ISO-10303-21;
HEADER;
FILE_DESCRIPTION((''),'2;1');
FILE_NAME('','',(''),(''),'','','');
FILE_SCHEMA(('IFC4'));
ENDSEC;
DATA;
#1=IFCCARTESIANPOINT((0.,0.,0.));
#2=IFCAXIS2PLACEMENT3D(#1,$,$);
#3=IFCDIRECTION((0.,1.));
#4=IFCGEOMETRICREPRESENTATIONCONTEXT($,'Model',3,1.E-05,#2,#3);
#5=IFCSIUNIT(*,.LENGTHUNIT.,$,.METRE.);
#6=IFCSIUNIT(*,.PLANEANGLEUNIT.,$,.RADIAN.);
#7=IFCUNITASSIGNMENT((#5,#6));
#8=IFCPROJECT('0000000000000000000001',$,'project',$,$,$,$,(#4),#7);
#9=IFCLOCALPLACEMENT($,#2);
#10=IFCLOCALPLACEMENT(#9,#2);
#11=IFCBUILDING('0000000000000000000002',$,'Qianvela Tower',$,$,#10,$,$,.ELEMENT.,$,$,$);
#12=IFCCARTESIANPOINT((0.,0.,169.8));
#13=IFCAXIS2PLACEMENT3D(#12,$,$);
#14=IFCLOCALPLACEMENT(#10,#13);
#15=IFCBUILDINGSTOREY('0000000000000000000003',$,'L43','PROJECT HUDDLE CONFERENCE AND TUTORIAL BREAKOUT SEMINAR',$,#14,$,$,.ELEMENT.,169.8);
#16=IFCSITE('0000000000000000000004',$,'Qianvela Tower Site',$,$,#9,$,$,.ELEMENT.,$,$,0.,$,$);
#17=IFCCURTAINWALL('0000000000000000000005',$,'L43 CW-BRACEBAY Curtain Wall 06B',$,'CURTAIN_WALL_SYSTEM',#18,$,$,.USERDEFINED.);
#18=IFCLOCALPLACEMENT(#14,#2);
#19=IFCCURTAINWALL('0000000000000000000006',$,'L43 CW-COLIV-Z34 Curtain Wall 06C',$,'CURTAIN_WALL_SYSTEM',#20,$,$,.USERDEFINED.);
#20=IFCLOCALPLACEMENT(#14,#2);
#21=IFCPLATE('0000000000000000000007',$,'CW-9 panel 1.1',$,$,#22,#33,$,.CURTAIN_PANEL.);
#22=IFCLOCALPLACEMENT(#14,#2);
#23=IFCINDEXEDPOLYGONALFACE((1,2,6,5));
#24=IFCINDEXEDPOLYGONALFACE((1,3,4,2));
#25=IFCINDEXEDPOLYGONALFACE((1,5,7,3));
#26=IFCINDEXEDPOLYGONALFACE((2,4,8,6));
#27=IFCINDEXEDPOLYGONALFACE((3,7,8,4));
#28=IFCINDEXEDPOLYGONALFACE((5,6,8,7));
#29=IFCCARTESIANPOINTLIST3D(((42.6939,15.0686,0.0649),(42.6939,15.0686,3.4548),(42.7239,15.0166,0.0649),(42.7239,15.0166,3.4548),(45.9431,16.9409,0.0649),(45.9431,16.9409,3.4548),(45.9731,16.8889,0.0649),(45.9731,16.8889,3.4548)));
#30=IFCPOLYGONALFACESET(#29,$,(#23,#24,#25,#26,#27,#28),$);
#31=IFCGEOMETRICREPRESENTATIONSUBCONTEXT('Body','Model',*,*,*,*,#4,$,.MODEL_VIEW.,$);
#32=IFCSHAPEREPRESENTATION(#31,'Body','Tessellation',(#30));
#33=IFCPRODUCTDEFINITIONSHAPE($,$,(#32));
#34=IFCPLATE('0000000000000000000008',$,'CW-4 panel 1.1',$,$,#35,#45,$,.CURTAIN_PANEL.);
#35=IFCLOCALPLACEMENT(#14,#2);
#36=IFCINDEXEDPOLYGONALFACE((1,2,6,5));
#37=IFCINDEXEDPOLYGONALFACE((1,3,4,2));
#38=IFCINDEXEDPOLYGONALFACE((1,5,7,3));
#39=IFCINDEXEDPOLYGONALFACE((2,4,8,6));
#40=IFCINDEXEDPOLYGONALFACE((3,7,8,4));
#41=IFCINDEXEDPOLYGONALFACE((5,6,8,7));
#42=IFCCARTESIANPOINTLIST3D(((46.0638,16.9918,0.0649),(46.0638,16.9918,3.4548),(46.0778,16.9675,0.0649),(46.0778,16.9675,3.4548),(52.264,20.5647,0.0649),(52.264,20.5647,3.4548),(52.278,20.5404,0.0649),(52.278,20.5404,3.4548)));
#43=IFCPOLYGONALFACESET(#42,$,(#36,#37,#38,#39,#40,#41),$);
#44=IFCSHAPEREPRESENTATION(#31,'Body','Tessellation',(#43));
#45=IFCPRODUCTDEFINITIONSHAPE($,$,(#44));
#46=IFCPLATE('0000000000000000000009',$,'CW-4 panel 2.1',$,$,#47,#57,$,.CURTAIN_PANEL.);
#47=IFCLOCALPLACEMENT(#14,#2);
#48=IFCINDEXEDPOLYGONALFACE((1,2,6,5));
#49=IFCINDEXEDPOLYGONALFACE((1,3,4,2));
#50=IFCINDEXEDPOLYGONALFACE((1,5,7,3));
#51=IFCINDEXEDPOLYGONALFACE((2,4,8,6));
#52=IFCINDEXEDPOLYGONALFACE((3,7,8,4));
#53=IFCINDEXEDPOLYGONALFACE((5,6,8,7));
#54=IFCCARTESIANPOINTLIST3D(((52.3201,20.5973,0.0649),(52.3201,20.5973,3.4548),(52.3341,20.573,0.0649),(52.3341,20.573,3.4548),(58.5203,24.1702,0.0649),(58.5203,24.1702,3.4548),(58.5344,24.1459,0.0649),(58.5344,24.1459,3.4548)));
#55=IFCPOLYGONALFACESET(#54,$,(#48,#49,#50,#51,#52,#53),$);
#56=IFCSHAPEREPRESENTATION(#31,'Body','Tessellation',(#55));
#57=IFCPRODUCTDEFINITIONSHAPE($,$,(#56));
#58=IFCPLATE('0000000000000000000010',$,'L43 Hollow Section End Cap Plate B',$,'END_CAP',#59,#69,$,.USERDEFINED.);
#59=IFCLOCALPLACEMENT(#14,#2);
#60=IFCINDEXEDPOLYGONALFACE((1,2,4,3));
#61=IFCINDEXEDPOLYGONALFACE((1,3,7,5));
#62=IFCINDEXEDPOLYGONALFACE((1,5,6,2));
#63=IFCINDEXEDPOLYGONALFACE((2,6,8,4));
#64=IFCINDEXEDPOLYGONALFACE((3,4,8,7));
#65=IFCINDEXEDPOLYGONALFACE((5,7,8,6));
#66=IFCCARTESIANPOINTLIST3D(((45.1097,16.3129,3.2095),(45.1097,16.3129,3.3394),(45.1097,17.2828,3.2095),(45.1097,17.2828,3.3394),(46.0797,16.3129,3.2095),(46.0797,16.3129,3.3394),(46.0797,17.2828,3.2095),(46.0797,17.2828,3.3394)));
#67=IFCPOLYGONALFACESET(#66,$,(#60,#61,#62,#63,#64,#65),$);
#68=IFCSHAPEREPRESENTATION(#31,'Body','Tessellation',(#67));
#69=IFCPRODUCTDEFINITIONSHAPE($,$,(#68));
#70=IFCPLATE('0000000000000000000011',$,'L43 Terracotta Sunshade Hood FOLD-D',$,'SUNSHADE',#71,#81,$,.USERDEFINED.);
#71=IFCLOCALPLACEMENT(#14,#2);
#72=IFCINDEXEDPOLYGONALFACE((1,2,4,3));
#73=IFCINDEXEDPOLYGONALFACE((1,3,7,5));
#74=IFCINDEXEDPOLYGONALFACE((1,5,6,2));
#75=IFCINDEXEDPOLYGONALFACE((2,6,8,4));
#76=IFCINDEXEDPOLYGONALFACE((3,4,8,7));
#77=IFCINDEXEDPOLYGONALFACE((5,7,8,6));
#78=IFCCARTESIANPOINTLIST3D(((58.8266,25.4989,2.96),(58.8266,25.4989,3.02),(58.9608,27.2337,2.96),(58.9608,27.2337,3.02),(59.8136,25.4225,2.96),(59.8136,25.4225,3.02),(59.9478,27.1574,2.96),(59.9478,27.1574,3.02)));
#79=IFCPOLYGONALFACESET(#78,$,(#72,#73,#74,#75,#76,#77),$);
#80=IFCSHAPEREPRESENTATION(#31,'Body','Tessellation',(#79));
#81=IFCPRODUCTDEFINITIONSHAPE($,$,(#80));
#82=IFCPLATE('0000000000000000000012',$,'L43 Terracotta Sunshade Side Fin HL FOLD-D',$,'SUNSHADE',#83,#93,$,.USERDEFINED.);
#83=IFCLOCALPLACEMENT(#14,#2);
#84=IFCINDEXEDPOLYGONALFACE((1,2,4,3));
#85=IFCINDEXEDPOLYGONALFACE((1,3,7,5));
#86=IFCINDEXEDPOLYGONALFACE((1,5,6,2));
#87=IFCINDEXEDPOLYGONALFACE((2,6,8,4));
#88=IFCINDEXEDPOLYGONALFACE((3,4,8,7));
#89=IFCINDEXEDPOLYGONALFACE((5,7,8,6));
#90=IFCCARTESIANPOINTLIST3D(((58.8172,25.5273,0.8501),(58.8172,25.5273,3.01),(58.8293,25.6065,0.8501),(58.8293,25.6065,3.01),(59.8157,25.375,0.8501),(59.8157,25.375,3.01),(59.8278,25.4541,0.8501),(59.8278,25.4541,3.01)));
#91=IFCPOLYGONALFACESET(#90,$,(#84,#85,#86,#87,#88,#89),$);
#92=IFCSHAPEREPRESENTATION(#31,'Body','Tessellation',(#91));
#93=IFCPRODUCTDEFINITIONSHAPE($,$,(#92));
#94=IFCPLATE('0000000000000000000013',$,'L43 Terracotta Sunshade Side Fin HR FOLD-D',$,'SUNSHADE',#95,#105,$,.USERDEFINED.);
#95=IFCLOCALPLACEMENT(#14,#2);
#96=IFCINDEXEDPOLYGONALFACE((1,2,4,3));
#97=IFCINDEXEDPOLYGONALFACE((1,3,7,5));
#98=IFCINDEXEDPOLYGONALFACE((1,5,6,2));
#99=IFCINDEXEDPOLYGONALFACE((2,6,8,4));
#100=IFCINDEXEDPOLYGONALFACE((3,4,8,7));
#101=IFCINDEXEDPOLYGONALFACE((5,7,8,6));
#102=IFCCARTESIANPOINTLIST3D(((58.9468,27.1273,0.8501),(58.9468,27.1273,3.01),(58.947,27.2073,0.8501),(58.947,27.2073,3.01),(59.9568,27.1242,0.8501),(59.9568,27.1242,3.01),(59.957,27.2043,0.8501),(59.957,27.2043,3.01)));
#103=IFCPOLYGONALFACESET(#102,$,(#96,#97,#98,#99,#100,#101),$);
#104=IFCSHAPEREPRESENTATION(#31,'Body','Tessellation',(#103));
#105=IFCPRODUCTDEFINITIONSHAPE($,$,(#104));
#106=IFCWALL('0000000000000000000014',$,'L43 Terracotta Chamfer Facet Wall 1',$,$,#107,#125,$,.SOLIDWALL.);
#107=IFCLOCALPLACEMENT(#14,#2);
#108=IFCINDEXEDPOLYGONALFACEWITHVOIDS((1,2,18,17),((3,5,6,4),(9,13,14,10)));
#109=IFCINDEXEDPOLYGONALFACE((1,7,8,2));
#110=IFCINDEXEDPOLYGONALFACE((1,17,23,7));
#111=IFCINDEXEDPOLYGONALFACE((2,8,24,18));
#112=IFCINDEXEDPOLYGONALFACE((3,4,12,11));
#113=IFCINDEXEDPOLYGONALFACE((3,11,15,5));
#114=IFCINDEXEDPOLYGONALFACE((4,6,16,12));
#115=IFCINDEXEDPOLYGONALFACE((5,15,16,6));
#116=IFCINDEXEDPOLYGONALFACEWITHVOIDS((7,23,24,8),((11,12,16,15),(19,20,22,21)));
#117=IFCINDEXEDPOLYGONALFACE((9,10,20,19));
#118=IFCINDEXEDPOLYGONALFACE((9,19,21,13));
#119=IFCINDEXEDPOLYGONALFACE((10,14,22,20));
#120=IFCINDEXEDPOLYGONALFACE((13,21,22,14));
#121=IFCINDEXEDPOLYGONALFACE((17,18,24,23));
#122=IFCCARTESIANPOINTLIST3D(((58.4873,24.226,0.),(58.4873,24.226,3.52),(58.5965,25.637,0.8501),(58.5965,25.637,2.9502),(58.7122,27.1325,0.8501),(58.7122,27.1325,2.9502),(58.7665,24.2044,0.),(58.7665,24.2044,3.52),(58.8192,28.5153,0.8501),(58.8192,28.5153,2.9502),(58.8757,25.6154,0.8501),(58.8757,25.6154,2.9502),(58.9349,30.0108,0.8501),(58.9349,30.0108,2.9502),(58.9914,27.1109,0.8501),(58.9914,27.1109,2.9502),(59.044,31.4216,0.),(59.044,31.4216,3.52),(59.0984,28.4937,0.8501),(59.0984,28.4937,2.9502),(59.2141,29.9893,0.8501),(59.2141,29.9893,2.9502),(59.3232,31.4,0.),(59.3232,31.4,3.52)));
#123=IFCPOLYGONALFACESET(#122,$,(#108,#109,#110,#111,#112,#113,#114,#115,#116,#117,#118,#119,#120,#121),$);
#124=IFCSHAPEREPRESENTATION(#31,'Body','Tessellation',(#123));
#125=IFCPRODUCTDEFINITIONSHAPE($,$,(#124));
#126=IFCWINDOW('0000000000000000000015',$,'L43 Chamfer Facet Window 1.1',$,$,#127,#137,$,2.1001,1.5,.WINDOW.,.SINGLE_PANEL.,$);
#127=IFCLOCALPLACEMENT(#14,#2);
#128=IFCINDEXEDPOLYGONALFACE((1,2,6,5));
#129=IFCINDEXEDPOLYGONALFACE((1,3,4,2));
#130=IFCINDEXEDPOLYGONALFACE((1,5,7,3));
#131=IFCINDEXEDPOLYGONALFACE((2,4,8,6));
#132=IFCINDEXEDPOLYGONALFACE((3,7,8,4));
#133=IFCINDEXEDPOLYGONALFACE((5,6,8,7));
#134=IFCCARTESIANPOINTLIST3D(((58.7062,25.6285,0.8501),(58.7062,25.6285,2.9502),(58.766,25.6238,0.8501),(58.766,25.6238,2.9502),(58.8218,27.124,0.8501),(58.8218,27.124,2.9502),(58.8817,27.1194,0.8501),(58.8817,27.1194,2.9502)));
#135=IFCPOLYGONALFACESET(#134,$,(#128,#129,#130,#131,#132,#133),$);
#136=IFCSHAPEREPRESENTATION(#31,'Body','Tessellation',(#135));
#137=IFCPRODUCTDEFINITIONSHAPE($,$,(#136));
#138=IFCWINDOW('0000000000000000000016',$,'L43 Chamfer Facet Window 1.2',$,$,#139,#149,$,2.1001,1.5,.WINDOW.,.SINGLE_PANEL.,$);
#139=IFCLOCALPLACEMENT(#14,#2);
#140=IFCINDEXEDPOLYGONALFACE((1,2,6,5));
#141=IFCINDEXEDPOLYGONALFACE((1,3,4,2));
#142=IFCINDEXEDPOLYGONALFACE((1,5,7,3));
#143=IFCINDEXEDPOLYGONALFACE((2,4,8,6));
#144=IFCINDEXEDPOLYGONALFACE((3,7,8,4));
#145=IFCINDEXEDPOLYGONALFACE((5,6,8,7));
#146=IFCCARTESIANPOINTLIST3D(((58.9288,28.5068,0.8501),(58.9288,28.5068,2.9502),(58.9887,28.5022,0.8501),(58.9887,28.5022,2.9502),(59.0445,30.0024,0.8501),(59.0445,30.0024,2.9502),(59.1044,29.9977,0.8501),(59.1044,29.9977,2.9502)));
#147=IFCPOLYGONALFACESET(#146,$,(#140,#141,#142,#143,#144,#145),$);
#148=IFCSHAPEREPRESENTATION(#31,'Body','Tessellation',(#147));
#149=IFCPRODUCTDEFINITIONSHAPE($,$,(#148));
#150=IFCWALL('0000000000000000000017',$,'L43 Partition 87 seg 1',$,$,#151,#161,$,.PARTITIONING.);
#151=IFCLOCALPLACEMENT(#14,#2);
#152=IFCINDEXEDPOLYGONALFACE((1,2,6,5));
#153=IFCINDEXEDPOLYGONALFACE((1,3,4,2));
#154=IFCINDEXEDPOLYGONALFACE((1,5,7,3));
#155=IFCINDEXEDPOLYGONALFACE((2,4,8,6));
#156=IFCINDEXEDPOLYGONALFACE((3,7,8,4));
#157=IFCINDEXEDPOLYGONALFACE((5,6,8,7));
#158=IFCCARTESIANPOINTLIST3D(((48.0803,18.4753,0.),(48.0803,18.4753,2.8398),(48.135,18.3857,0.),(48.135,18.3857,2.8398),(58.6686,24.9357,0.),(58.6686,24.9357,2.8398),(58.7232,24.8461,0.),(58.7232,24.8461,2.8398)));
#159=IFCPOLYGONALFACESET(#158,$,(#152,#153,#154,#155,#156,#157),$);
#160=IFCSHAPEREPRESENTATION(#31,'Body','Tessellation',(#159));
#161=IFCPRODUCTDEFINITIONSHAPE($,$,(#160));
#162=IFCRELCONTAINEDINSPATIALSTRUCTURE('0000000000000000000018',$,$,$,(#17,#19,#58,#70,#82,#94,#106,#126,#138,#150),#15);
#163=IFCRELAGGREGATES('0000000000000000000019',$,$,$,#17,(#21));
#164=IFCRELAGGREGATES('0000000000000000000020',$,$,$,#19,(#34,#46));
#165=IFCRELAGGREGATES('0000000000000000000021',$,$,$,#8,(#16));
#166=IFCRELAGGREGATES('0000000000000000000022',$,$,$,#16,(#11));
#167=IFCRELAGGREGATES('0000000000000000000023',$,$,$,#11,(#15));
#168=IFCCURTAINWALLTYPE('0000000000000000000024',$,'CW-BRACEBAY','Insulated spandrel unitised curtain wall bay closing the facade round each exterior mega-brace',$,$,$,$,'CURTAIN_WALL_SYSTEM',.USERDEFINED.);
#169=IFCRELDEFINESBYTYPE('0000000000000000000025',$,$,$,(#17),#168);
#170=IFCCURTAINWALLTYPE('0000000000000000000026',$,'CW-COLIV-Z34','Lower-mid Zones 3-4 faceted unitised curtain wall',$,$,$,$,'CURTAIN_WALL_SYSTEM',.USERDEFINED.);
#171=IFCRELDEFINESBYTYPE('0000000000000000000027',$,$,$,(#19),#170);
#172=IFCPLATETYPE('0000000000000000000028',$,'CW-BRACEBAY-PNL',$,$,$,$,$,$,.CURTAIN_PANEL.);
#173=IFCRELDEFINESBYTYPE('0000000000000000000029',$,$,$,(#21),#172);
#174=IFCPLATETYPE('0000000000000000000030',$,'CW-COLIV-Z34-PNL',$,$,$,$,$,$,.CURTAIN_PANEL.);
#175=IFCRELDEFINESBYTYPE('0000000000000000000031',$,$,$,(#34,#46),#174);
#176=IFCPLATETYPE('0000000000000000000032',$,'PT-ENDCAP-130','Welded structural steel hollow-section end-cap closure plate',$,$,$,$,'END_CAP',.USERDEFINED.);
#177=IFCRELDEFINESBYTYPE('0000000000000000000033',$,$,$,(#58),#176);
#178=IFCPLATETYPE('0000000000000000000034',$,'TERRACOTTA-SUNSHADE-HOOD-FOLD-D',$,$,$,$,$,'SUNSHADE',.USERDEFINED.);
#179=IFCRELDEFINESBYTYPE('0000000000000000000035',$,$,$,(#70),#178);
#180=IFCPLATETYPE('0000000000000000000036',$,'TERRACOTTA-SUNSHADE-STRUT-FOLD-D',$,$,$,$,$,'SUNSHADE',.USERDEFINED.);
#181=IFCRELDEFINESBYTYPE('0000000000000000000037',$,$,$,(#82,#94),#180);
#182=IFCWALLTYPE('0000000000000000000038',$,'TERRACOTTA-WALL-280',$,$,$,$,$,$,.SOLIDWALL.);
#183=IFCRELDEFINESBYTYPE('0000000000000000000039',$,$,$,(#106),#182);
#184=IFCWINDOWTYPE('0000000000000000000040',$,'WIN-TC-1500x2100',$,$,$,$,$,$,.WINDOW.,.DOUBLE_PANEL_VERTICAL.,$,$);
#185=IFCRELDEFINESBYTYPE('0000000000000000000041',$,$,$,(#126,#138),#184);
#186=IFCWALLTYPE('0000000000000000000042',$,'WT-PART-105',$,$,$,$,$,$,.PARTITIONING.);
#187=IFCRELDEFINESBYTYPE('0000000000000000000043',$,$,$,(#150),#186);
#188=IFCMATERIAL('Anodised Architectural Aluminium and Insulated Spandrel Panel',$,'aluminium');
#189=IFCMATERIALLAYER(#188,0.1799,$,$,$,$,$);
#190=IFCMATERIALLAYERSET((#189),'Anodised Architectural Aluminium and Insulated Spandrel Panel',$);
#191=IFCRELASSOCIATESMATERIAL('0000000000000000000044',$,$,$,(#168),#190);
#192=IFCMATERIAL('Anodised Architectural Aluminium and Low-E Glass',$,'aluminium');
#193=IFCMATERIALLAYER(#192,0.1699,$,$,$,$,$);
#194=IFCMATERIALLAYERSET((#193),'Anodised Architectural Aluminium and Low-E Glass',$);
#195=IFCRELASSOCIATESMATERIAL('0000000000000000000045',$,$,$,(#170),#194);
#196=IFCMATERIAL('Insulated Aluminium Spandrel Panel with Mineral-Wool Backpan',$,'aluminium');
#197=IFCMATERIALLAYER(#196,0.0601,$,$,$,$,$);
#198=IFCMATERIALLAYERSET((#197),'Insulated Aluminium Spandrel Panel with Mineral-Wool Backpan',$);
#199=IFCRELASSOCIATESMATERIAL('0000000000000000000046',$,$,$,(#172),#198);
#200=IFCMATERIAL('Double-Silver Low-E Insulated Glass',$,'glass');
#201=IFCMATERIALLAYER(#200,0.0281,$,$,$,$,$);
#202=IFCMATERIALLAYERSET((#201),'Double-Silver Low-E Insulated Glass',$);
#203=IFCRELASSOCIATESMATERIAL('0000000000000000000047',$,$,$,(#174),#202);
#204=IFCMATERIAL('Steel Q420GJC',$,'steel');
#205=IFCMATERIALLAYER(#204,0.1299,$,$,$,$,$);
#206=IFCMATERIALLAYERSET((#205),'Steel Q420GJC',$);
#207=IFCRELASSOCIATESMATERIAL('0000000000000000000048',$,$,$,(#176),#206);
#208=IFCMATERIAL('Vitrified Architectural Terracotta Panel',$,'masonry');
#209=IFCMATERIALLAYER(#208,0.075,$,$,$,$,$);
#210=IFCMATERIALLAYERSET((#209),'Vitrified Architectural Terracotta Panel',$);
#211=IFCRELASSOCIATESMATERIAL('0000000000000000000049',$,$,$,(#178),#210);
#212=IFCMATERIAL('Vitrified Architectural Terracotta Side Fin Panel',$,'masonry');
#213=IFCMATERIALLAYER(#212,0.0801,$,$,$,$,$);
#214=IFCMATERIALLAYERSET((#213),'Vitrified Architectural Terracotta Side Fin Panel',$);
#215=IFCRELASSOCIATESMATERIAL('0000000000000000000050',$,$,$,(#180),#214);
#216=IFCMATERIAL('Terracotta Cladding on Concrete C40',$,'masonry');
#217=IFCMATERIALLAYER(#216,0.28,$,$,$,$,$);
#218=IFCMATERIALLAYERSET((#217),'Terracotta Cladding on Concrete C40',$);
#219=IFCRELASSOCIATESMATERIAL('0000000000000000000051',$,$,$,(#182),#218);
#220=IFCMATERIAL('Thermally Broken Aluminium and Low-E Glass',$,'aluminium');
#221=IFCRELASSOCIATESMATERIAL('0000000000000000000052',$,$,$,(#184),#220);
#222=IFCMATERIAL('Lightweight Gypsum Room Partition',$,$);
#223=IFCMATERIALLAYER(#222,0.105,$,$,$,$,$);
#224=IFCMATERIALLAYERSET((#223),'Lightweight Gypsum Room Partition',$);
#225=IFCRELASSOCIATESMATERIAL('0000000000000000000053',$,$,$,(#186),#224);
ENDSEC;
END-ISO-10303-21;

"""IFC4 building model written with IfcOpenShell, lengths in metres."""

from ifc_helpers import new_model, si_unit, direction, frame, frame_2d, origin, origin_2d, place, context, subcontext, project, spatial, rectangle, extrude, material, layer, layer_set, type_object, element, fill, aggregate, save


model = new_model("IFC4")

# Units and contexts
model_context = context("Model", 3, precision=1e-05, world=origin(), true_north=direction((0.0, 1.0)))
body_context = subcontext(model_context, "Body", "Model", "MODEL_VIEW")
ifc_project = project(units=[si_unit("LENGTHUNIT", "METRE"), si_unit("PLANEANGLEUNIT", "RADIAN")], contexts=[model_context])

# Site, building, storey
site_placement = place(None, origin())
site = spatial("IfcSite", under=ifc_project, at=site_placement, Name="Qianvela Tower Site", CompositionType="ELEMENT", RefElevation=0.0)
building_placement = place(site_placement, origin())
building = spatial("IfcBuilding", under=site, at=building_placement, Name="Qianvela Tower", CompositionType="ELEMENT")
storey_placement = place(building_placement, frame((0.0, 0.0, 169.8)))
storey = spatial("IfcBuildingStorey", under=building, at=storey_placement, Name="L43", Description="PROJECT HUDDLE CONFERENCE AND TUTORIAL BREAKOUT SEMINAR", CompositionType="ELEMENT", Elevation=169.8)

# Curtain wall
ifc_material_1 = material(Name="Anodised Architectural Aluminium and Insulated Spandrel Panel", Category="aluminium")
ifc_layer_1 = layer(ifc_material_1, 0.1799)
ifc_layer_set_1 = layer_set([ifc_layer_1], Name="Anodised Architectural Aluminium and Insulated Spandrel Panel")
curtain_wall_type_1 = type_object("IfcCurtainWallType", Name="CW-BRACEBAY", Description="Insulated spandrel unitised curtain wall bay closing the facade round each exterior mega-brace", ElementType="CURTAIN_WALL_SYSTEM", PredefinedType="USERDEFINED", material=ifc_layer_set_1)
curtain_wall_1_placement = place(storey_placement, origin())
curtain_wall_1 = element("IfcCurtainWall", 1, at=curtain_wall_1_placement, inside=storey, type_object=curtain_wall_type_1, Name="L43 CW-BRACEBAY Curtain Wall 06B", ObjectType="CURTAIN_WALL_SYSTEM", PredefinedType="USERDEFINED")

# Curtain wall
ifc_material_2 = material(Name="Anodised Architectural Aluminium and Low-E Glass", Category="aluminium")
ifc_layer_2 = layer(ifc_material_2, 0.1699)
ifc_layer_set_2 = layer_set([ifc_layer_2], Name="Anodised Architectural Aluminium and Low-E Glass")
curtain_wall_type_2 = type_object("IfcCurtainWallType", Name="CW-COLIV-Z34", Description="Lower-mid Zones 3-4 faceted unitised curtain wall", ElementType="CURTAIN_WALL_SYSTEM", PredefinedType="USERDEFINED", material=ifc_layer_set_2)
curtain_wall_2_placement = place(storey_placement, origin())
curtain_wall_2 = element("IfcCurtainWall", 2, at=curtain_wall_2_placement, inside=storey, type_object=curtain_wall_type_2, Name="L43 CW-COLIV-Z34 Curtain Wall 06C", ObjectType="CURTAIN_WALL_SYSTEM", PredefinedType="USERDEFINED")

# Plates
ifc_material_3 = material(Name="Insulated Aluminium Spandrel Panel with Mineral-Wool Backpan", Category="aluminium")
ifc_layer_3 = layer(ifc_material_3, 0.0601)
ifc_layer_set_3 = layer_set([ifc_layer_3], Name="Insulated Aluminium Spandrel Panel with Mineral-Wool Backpan")
plate_type_1 = type_object("IfcPlateType", Name="CW-BRACEBAY-PNL", PredefinedType="CURTAIN_PANEL", material=ifc_layer_set_3)
plate_1_placement = place(storey_placement, frame((44.3335, 15.9788, 0.0649), z_axis=(0.0, 0.0, 1.0), x_axis=(0.866442, 0.499278, 0.0)))
plate_1 = element("IfcPlate", 3, at=plate_1_placement, type_object=plate_type_1, Name="CW-9 panel 1.1", PredefinedType="CURTAIN_PANEL", context=body_context, shape_type="SweptSolid", body=[
    extrude(rectangle(XDim=3.75, YDim=0.0601, at=origin_2d()), origin(), (0.0, 0.0, 1.0), 3.3899),
])
aggregate(curtain_wall_1, [plate_1])
ifc_material_4 = material(Name="Double-Silver Low-E Insulated Glass", Category="glass")
ifc_layer_4 = layer(ifc_material_4, 0.0281)
ifc_layer_set_4 = layer_set([ifc_layer_4], Name="Double-Silver Low-E Insulated Glass")
plate_type_2 = type_object("IfcPlateType", Name="CW-COLIV-Z34-PNL", PredefinedType="CURTAIN_PANEL", material=ifc_layer_set_4)
plate_2_placement = place(storey_placement, frame((49.1709, 18.7661, 0.0649), z_axis=(0.0, 0.0, 1.0), x_axis=(0.866435, 0.49929, 0.0)))
plate_2 = element("IfcPlate", 4, at=plate_2_placement, type_object=plate_type_2, Name="CW-4 panel 1.1", PredefinedType="CURTAIN_PANEL", context=body_context, shape_type="SweptSolid", body=[
    extrude(rectangle(XDim=7.156, YDim=0.0281, at=origin_2d()), origin(), (0.0, 0.0, 1.0), 3.3899),
])
plate_3_placement = place(storey_placement, frame((55.4272, 22.3716, 0.0649), z_axis=(0.0, 0.0, 1.0), x_axis=(0.866435, 0.49929, 0.0)))
plate_3 = element("IfcPlate", 5, at=plate_3_placement, type_object=plate_type_2, Name="CW-4 panel 2.1", PredefinedType="CURTAIN_PANEL", context=body_context, shape_type="SweptSolid", body=[
    extrude(rectangle(XDim=7.156, YDim=0.0281, at=origin_2d()), origin(), (0.0, 0.0, 1.0), 3.3899),
])
aggregate(curtain_wall_2, [plate_2, plate_3])

# Plates
ifc_material_5 = material(Name="Steel Q420GJC", Category="steel")
ifc_layer_5 = layer(ifc_material_5, 0.1299)
ifc_layer_set_5 = layer_set([ifc_layer_5], Name="Steel Q420GJC")
plate_type_3 = type_object("IfcPlateType", Name="PT-ENDCAP-130", Description="Welded structural steel hollow-section end-cap closure plate", ElementType="END_CAP", PredefinedType="USERDEFINED", material=ifc_layer_set_5)
plate_4_placement = place(storey_placement, frame((45.5947, 16.7979, 3.2095), z_axis=(0.0, 0.0, 1.0), x_axis=(1.0, 0.0, 0.0)))
element("IfcPlate", 6, at=plate_4_placement, inside=storey, type_object=plate_type_3, Name="L43 Hollow Section End Cap Plate B", ObjectType="END_CAP", PredefinedType="USERDEFINED", context=body_context, shape_type="SweptSolid", body=[
    extrude(rectangle(XDim=0.97, YDim=0.97, at=origin_2d()), origin(), (0.0, 0.0, 1.0), 0.1299),
])
ifc_material_6 = material(Name="Vitrified Architectural Terracotta Panel", Category="masonry")
ifc_layer_6 = layer(ifc_material_6, 0.075)
ifc_layer_set_6 = layer_set([ifc_layer_6], Name="Vitrified Architectural Terracotta Panel")
plate_type_4 = type_object("IfcPlateType", Name="TERRACOTTA-SUNSHADE-HOOD-FOLD-D", ElementType="SUNSHADE", PredefinedType="USERDEFINED", material=ifc_layer_set_6)
plate_5_placement = place(storey_placement, frame((59.3872, 26.3281, 2.96), z_axis=(0.0, 0.0, 1.0), x_axis=(0.077123, 0.997022, 0.0)))
element("IfcPlate", 7, at=plate_5_placement, inside=storey, type_object=plate_type_4, Name="L43 Terracotta Sunshade Hood FOLD-D", ObjectType="SUNSHADE", PredefinedType="USERDEFINED", context=body_context, shape_type="SweptSolid", body=[
    extrude(rectangle(XDim=1.74, YDim=0.99, at=origin_2d()), origin(), (0.0, 0.0, 1.0), 0.0601),
])
ifc_material_7 = material(Name="Vitrified Architectural Terracotta Side Fin Panel", Category="masonry")
ifc_layer_7 = layer(ifc_material_7, 0.0801)
ifc_layer_set_7 = layer_set([ifc_layer_7], Name="Vitrified Architectural Terracotta Side Fin Panel")
plate_type_5 = type_object("IfcPlateType", Name="TERRACOTTA-SUNSHADE-STRUT-FOLD-D", ElementType="SUNSHADE", PredefinedType="USERDEFINED", material=ifc_layer_set_7)
for number, where, z_axis, x_axis, name in (
    (8, (59.3225, 25.4907, 0.8501), (0.0, 0.0, 1.0), (0.150798, 0.988565, 0.0), "L43 Terracotta Sunshade Side Fin HL FOLD-D"),
    (9, (59.4519, 27.1658, 0.8501), (0.0, 0.0, 1.0), (0.003023, 0.999995, 0.0), "L43 Terracotta Sunshade Side Fin HR FOLD-D"),
):
    element("IfcPlate", number, at=place(storey_placement, frame(where, z_axis=z_axis, x_axis=x_axis)), inside=storey, type_object=plate_type_5, Name=name, ObjectType="SUNSHADE", PredefinedType="USERDEFINED", context=body_context, shape_type="SweptSolid", body=[
        extrude(rectangle(XDim=0.0801, YDim=1.01, at=origin_2d()), origin(), (0.0, 0.0, 1.0), 2.1599),
    ])

# Wall, openings, windows
ifc_material_8 = material(Name="Terracotta Cladding on Concrete C40", Category="masonry")
ifc_layer_8 = layer(ifc_material_8, 0.28)
ifc_layer_set_8 = layer_set([ifc_layer_8], Name="Terracotta Cladding on Concrete C40")
wall_type_1 = type_object("IfcWallType", Name="TERRACOTTA-WALL-280", PredefinedType="SOLIDWALL", material=ifc_layer_set_8)
wall_1_placement = place(storey_placement, frame((58.627, 24.2153, 0.0), z_axis=(0.0, 0.0, 1.0), x_axis=(0.077128, 0.997021, 0.0)))
wall_1 = element("IfcWall", 10, at=wall_1_placement, inside=storey, type_object=wall_type_1, Name="L43 Terracotta Chamfer Facet Wall 1", PredefinedType="SOLIDWALL", context=body_context, shape_type="SweptSolid", body=[
    extrude(rectangle(XDim=7.217, YDim=0.28, at=frame_2d((3.6084, 0.0))), origin(), (0.0, 0.0, 1.0), 3.52),
])
opening_1_placement = place(wall_1_placement, frame((1.415, 0.0, 0.8501)))
opening_1 = element("IfcOpeningElement", 11, at=opening_1_placement, cuts=wall_1, PredefinedType="OPENING", context=body_context, shape_type="SweptSolid", body=[
    extrude(rectangle(XDim=1.5, YDim=2.1001, at=frame_2d((0.75, 1.05))), frame((0.0, 0.1499, 0.0), z_axis=(0.0, -1.0, 0.0), x_axis=(1.0, 0.0, 0.0)), (0.0, 0.0, 1.0), 0.3),
])
opening_2_placement = place(wall_1_placement, frame((4.302, 0.0, 0.8501)))
opening_2 = element("IfcOpeningElement", 12, at=opening_2_placement, cuts=wall_1, PredefinedType="OPENING", context=body_context, shape_type="SweptSolid", body=[
    extrude(rectangle(XDim=1.5, YDim=2.1001, at=frame_2d((0.75, 1.05))), frame((0.0, 0.1499, 0.0), z_axis=(0.0, -1.0, 0.0), x_axis=(1.0, 0.0, 0.0)), (0.0, 0.0, 1.0), 0.3),
])
ifc_material_9 = material(Name="Thermally Broken Aluminium and Low-E Glass", Category="aluminium")
window_type = type_object("IfcWindowType", Name="WIN-TC-1500x2100", PartitioningType="DOUBLE_PANEL_VERTICAL", PredefinedType="WINDOW", material=ifc_material_9)
window_1_placement = place(opening_1_placement, origin())
window_1 = element("IfcWindow", 13, at=window_1_placement, inside=storey, type_object=window_type, Name="L43 Chamfer Facet Window 1.1", OverallHeight=2.1001, OverallWidth=1.5, PartitioningType="SINGLE_PANEL", PredefinedType="WINDOW", context=body_context, shape_type="SweptSolid", body=[
    extrude(rectangle(XDim=1.5, YDim=2.1001, at=frame_2d((0.75, 1.05))), frame((0.0, 0.03, 0.0), z_axis=(0.0, -1.0, 0.0), x_axis=(1.0, 0.0, 0.0)), (0.0, 0.0, 1.0), 0.0601),
])
fill(opening_1, window_1)
window_2_placement = place(opening_2_placement, origin())
window_2 = element("IfcWindow", 14, at=window_2_placement, inside=storey, type_object=window_type, Name="L43 Chamfer Facet Window 1.2", OverallHeight=2.1001, OverallWidth=1.5, PartitioningType="SINGLE_PANEL", PredefinedType="WINDOW", context=body_context, shape_type="SweptSolid", body=[
    extrude(rectangle(XDim=1.5, YDim=2.1001, at=frame_2d((0.75, 1.05))), frame((0.0, 0.03, 0.0), z_axis=(0.0, -1.0, 0.0), x_axis=(1.0, 0.0, 0.0)), (0.0, 0.0, 1.0), 0.0601),
])
fill(opening_2, window_2)

# Wall
ifc_material_10 = material(Name="Lightweight Gypsum Room Partition")
ifc_layer_9 = layer(ifc_material_10, 0.105)
ifc_layer_set_9 = layer_set([ifc_layer_9], Name="Lightweight Gypsum Room Partition")
wall_type_2 = type_object("IfcWallType", Name="WT-PART-105", PredefinedType="PARTITIONING", material=ifc_layer_set_9)
wall_2_placement = place(storey_placement, frame((58.6958, 24.8909, 0.0), z_axis=(0.0, 0.0, 1.0), x_axis=(-0.853648, -0.52085, 0.0)))
element("IfcWall", 15, at=wall_2_placement, inside=storey, type_object=wall_type_2, Name="L43 Partition 87 seg 1", PredefinedType="PARTITIONING", context=body_context, shape_type="SweptSolid", body=[
    extrude(rectangle(XDim=12.4036, YDim=0.105, at=frame_2d((6.2017, 0.0))), origin(), (0.0, 0.0, 1.0), 2.8398),
])

save(model, "model.ifc")
